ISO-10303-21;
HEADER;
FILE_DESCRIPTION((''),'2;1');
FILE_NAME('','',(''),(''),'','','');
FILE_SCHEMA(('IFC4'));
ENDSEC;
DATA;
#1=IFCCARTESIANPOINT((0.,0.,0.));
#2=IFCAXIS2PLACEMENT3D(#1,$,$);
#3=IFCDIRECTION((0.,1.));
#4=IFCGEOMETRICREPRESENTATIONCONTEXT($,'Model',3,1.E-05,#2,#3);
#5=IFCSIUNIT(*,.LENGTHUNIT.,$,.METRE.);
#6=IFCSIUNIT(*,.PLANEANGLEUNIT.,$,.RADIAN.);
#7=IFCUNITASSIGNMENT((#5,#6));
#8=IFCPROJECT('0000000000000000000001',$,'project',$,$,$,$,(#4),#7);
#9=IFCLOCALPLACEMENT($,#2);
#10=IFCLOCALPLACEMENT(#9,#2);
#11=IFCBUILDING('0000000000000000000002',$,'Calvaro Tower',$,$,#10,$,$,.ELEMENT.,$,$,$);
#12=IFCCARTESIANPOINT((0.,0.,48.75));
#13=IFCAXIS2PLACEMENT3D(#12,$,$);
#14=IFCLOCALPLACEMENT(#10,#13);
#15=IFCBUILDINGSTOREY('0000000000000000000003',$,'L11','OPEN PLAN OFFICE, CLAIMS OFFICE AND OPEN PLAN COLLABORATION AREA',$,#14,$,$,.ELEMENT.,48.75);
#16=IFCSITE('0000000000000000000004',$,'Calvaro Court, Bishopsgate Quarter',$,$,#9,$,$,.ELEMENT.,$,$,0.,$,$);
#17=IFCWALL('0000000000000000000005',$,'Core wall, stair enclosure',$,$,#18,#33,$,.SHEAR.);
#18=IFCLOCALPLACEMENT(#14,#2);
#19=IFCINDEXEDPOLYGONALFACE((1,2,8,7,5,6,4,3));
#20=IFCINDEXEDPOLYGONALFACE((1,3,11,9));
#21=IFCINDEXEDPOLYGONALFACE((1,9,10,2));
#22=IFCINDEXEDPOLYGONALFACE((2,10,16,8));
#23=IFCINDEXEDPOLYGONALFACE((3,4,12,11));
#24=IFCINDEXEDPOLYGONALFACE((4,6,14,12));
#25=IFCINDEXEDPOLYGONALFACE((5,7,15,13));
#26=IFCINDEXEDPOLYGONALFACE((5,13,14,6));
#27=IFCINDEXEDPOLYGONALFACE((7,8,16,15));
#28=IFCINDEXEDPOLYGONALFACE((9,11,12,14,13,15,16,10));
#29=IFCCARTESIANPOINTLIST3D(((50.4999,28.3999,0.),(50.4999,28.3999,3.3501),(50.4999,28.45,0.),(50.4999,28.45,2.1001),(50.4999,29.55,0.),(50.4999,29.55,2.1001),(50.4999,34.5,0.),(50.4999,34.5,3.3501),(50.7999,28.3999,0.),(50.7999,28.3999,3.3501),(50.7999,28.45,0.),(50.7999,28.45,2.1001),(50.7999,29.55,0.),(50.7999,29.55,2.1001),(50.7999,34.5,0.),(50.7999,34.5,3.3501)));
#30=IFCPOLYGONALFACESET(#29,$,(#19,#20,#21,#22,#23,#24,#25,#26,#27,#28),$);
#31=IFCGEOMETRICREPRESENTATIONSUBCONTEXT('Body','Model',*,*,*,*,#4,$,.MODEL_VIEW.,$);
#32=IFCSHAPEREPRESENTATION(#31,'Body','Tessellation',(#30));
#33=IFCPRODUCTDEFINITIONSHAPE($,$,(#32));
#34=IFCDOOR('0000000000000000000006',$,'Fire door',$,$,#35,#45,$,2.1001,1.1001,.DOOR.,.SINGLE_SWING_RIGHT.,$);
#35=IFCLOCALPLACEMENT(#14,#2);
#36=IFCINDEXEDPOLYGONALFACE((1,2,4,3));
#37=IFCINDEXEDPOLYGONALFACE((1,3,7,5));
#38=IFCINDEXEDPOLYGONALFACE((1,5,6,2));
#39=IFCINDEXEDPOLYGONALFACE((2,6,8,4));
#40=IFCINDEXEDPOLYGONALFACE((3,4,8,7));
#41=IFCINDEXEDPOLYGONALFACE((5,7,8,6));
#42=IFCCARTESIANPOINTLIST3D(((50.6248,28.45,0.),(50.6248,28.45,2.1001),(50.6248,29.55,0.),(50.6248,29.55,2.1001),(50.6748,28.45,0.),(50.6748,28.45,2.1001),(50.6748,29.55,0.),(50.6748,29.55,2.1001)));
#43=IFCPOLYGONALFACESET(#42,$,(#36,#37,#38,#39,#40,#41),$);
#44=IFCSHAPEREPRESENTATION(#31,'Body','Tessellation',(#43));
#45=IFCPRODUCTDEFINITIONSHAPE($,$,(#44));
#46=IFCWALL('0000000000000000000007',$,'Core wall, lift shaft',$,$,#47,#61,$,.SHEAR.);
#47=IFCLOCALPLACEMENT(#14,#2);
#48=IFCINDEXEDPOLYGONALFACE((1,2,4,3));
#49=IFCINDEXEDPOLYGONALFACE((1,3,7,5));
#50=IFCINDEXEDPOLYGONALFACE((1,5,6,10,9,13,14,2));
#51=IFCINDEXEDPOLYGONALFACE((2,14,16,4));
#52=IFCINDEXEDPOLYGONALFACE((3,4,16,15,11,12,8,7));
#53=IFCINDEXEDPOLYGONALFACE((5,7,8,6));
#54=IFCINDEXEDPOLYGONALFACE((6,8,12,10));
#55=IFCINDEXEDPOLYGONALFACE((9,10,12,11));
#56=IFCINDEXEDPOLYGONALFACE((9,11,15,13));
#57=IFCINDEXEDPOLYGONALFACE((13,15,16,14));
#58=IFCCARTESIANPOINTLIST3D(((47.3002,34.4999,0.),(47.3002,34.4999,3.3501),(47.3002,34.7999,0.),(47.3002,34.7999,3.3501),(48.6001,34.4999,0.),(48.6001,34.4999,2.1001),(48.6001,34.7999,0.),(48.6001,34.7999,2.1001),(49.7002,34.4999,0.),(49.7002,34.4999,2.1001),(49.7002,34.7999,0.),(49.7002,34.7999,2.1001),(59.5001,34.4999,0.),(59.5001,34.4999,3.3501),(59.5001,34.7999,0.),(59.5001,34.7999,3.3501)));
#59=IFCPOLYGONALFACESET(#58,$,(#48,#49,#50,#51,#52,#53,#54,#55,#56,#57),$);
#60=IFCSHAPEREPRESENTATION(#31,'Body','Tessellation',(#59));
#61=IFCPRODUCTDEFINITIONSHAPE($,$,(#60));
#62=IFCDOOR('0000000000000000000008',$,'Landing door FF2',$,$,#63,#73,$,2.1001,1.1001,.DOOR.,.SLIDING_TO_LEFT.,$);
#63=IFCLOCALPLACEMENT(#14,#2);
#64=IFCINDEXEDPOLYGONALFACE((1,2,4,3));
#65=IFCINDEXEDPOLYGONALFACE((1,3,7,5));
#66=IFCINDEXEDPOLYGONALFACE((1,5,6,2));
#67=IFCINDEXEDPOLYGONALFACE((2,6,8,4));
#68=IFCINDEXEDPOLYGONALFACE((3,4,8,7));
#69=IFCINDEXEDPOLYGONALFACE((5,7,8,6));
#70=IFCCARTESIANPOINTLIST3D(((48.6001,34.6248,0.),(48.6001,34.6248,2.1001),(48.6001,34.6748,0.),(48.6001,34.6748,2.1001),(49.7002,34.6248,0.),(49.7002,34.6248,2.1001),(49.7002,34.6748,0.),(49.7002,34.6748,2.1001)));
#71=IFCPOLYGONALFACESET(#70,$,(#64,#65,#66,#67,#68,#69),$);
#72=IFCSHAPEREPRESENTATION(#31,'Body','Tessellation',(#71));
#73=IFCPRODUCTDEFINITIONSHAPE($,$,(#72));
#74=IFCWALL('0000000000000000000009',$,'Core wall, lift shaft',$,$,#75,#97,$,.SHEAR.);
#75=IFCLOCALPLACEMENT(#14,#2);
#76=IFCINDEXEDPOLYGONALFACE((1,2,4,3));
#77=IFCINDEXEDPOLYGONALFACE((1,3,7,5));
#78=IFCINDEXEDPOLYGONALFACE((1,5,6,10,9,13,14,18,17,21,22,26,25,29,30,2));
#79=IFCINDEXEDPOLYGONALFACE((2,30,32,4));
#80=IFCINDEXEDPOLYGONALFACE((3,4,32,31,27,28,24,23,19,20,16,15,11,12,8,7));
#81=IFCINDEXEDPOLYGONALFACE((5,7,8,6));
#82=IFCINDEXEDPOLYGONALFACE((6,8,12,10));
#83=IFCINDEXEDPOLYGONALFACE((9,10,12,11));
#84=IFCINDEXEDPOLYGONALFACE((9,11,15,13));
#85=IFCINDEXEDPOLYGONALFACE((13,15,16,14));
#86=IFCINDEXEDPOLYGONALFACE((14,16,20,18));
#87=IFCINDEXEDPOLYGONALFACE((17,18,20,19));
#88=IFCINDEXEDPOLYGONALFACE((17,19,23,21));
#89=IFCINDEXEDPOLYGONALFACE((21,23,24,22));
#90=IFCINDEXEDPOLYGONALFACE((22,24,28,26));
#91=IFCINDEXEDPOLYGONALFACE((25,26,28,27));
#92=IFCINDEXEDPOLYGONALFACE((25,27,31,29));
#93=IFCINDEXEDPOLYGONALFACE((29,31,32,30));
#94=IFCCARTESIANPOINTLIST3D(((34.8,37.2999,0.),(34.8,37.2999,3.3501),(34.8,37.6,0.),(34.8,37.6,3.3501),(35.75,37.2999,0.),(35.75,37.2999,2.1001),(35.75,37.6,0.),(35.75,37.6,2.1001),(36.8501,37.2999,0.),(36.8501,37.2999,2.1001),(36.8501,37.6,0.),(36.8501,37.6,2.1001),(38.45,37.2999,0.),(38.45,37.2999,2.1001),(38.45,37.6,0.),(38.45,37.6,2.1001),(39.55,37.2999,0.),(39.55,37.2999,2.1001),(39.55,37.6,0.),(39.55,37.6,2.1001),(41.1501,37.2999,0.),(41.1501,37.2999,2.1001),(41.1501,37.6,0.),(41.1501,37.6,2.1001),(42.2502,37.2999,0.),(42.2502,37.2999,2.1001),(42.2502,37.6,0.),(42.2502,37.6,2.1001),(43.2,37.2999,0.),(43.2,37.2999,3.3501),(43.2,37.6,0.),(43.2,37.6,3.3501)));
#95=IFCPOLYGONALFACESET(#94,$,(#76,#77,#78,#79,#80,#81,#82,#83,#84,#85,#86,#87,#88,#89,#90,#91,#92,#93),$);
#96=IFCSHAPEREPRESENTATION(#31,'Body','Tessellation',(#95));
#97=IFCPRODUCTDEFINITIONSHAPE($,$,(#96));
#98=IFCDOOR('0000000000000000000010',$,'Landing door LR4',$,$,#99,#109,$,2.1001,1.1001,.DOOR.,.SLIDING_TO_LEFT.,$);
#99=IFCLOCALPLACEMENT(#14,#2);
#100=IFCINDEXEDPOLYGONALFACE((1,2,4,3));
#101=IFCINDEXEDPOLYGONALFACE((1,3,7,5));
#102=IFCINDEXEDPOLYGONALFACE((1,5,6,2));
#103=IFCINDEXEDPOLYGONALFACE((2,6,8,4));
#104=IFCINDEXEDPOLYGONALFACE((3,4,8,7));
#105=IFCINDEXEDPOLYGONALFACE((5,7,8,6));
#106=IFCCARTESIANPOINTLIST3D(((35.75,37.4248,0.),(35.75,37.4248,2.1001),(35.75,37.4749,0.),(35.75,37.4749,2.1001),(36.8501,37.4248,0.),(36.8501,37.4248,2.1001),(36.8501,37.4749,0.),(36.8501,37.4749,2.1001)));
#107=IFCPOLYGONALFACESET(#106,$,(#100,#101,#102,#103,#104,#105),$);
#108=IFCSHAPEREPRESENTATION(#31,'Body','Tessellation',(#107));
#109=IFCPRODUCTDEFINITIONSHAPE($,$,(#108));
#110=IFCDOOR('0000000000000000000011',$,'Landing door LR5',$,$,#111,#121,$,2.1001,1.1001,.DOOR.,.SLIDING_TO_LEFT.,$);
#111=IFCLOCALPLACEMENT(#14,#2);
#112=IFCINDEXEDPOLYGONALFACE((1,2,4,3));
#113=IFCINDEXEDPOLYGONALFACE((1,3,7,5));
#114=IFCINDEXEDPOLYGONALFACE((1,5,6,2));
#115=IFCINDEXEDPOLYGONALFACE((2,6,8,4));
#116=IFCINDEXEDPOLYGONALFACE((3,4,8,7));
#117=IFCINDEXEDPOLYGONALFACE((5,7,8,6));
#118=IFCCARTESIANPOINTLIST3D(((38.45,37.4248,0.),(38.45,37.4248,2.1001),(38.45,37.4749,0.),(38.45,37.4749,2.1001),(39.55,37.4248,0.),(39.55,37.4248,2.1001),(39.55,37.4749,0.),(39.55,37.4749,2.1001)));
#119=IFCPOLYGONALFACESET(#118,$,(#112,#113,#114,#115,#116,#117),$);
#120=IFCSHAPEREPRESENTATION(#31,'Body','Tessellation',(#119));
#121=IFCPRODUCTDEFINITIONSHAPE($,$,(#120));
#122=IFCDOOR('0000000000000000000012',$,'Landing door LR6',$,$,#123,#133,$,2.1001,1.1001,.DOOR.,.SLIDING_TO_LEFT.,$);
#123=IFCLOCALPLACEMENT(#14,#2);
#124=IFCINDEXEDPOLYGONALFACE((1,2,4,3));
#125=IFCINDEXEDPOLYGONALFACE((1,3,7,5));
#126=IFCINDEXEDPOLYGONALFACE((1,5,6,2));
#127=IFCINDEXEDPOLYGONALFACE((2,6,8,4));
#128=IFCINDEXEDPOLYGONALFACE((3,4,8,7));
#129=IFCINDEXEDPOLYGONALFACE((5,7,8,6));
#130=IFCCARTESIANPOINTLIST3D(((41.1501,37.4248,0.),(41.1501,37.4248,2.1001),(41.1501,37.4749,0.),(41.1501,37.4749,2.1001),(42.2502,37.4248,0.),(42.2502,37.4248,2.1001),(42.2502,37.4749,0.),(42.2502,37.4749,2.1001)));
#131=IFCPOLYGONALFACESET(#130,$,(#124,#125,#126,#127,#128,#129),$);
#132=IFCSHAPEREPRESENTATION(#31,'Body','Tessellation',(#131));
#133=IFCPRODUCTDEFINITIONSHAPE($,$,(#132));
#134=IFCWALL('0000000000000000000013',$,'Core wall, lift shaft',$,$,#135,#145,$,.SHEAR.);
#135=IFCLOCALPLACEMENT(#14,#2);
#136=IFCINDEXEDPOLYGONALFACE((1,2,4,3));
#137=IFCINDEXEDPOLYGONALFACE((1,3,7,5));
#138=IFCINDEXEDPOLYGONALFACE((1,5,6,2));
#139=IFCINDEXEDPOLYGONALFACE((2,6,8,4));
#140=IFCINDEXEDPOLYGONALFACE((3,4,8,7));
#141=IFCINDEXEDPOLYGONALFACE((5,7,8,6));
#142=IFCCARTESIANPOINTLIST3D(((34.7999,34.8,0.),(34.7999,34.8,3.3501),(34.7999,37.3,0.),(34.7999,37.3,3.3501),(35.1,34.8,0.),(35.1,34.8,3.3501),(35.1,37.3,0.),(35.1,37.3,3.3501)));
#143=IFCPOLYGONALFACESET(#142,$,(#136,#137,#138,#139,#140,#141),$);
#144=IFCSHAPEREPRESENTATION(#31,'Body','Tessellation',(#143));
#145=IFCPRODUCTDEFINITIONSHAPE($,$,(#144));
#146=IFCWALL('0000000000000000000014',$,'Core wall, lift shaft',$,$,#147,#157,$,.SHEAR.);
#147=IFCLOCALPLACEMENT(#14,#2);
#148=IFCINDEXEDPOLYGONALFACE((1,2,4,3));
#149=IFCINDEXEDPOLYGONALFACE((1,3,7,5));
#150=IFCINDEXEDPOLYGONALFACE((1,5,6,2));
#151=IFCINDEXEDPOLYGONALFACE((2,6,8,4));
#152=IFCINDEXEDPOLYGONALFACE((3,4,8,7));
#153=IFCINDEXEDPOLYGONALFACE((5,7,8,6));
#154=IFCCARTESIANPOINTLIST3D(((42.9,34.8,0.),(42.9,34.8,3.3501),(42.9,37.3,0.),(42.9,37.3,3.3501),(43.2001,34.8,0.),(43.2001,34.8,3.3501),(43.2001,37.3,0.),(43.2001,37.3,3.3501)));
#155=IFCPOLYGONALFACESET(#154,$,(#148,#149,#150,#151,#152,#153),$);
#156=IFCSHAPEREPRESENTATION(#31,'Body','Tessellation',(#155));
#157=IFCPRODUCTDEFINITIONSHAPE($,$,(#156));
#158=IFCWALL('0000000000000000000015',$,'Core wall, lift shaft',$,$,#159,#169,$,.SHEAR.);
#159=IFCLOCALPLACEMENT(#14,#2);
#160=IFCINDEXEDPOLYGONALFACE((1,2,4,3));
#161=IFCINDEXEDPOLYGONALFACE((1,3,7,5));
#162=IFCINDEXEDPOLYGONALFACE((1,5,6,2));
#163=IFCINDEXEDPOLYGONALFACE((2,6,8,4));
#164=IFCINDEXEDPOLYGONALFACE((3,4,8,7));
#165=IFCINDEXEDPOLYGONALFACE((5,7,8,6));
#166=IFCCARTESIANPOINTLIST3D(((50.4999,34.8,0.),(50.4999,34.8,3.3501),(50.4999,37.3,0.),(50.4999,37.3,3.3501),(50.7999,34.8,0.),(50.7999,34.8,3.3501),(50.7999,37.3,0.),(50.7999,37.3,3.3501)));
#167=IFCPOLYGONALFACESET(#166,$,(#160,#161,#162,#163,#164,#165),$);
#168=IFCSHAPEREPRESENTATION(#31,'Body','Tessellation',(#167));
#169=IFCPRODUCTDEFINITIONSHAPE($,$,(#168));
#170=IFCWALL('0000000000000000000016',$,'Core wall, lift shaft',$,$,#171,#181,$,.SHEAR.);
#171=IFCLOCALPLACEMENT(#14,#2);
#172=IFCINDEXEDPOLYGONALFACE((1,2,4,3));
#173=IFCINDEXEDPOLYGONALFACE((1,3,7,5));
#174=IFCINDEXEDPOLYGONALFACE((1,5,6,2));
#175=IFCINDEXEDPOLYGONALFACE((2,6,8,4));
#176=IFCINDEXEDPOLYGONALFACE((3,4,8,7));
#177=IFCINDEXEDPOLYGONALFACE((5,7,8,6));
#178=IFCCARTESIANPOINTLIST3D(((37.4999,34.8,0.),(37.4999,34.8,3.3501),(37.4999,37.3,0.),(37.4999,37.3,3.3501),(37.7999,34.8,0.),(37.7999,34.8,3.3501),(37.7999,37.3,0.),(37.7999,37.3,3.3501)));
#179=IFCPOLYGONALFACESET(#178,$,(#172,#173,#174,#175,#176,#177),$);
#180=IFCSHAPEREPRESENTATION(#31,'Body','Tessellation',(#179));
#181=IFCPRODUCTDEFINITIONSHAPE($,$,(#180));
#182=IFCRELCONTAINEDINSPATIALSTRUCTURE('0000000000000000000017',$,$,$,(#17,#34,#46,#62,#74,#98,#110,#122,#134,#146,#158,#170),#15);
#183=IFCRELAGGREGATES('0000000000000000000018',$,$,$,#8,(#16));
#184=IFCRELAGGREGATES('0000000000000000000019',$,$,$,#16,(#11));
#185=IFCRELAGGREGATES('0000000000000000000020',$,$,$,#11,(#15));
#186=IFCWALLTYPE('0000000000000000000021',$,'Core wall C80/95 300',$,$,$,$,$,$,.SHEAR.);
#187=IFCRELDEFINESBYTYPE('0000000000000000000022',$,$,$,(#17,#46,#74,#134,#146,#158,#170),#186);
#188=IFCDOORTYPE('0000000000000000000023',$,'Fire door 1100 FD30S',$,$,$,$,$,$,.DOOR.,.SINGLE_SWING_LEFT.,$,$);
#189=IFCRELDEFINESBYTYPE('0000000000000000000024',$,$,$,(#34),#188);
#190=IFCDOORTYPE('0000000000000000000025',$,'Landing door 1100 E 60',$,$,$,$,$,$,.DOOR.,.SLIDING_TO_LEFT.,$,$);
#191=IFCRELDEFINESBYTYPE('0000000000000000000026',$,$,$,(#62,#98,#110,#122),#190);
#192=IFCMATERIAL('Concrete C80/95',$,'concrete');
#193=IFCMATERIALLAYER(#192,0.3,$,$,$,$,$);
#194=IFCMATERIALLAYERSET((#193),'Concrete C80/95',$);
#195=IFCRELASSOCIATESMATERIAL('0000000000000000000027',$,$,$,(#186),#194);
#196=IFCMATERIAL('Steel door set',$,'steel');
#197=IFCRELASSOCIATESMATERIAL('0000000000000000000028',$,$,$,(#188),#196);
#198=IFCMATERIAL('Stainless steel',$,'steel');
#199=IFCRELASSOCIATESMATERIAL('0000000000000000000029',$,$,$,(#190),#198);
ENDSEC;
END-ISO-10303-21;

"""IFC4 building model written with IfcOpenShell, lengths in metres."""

from ifc_helpers import new_model, si_unit, direction, frame, frame_2d, origin, place, context, subcontext, project, spatial, rectangle, extrude, material, layer, layer_set, type_object, element, fill, save


model = new_model("IFC4")

# Units and contexts
model_context = context("Model", 3, precision=1e-05, world=origin(), true_north=direction((0.0, 1.0)))
body_context = subcontext(model_context, "Body", "Model", "MODEL_VIEW")
ifc_project = project(units=[si_unit("LENGTHUNIT", "METRE"), si_unit("PLANEANGLEUNIT", "RADIAN")], contexts=[model_context])

# Site, building, storey
site_placement = place(None, origin())
site = spatial("IfcSite", under=ifc_project, at=site_placement, Name="Calvaro Court, Bishopsgate Quarter", CompositionType="ELEMENT", RefElevation=0.0)
building_placement = place(site_placement, origin())
building = spatial("IfcBuilding", under=site, at=building_placement, Name="Calvaro Tower", CompositionType="ELEMENT")
storey_placement = place(building_placement, frame((0.0, 0.0, 48.75)))
storey = spatial("IfcBuildingStorey", under=building, at=storey_placement, Name="L11", Description="OPEN PLAN OFFICE, CLAIMS OFFICE AND OPEN PLAN COLLABORATION AREA", CompositionType="ELEMENT", Elevation=48.75)

# Walls, openings, doors
ifc_material_1 = material(Name="Concrete C80/95", Category="concrete")
ifc_layer_1 = layer(ifc_material_1, 0.3)
ifc_layer_set_1 = layer_set([ifc_layer_1], Name="Concrete C80/95")
wall_type_1 = type_object("IfcWallType", Name="Core wall C80/95 300", PredefinedType="SHEAR", material=ifc_layer_set_1)
wall_1_placement = place(storey_placement, frame((50.6499, 34.5, 0.0), z_axis=(0.0, 0.0, 1.0), x_axis=(0.0, -1.0, 0.0)))
wall_1 = element("IfcWall", 1, at=wall_1_placement, inside=storey, type_object=wall_type_1, Name="Core wall, stair enclosure", PredefinedType="SHEAR", context=body_context, shape_type="SweptSolid", body=[
    extrude(rectangle(XDim=6.1001, YDim=0.3, at=frame_2d((3.05, 0.0))), origin(), (0.0, 0.0, 1.0), 3.3501),
])
opening_1_placement = place(wall_1_placement, frame((4.95, 0.0, 0.0)))
opening_1 = element("IfcOpeningElement", 2, at=opening_1_placement, cuts=wall_1, PredefinedType="OPENING", context=body_context, shape_type="SweptSolid", body=[
    extrude(rectangle(XDim=1.1001, YDim=2.1001, at=frame_2d((0.55, 1.05))), frame((0.0, 0.1599, 0.0), z_axis=(0.0, -1.0, 0.0), x_axis=(1.0, 0.0, 0.0)), (0.0, 0.0, 1.0), 0.3201),
])
ifc_material_2 = material(Name="Steel door set", Category="steel")
door_type_1 = type_object("IfcDoorType", Name="Fire door 1100 FD30S", OperationType="SINGLE_SWING_LEFT", PredefinedType="DOOR", material=ifc_material_2)
door_1_placement = place(opening_1_placement, origin())
door_1 = element("IfcDoor", 3, at=door_1_placement, inside=storey, type_object=door_type_1, Name="Fire door", OperationType="SINGLE_SWING_RIGHT", OverallHeight=2.1001, OverallWidth=1.1001, PredefinedType="DOOR", context=body_context, shape_type="SweptSolid", body=[
    extrude(rectangle(XDim=1.1001, YDim=2.1001, at=frame_2d((0.55, 1.05))), frame((0.0, 0.0249, 0.0), z_axis=(0.0, -1.0, 0.0), x_axis=(1.0, 0.0, 0.0)), (0.0, 0.0, 1.0), 0.05),
])
fill(opening_1, door_1)
wall_2_placement = place(storey_placement, frame((47.3, 34.6499, 0.0), z_axis=(0.0, 0.0, 1.0), x_axis=(1.0, 0.0, 0.0)))
wall_2 = element("IfcWall", 4, at=wall_2_placement, inside=storey, type_object=wall_type_1, Name="Core wall, lift shaft", PredefinedType="SHEAR", context=body_context, shape_type="SweptSolid", body=[
    extrude(rectangle(XDim=12.2, YDim=0.3, at=frame_2d((6.1001, 0.0))), origin(), (0.0, 0.0, 1.0), 3.3501),
])
opening_2_placement = place(wall_2_placement, frame((1.3, 0.0, 0.0)))
opening_2 = element("IfcOpeningElement", 5, at=opening_2_placement, cuts=wall_2, PredefinedType="OPENING", context=body_context, shape_type="SweptSolid", body=[
    extrude(rectangle(XDim=1.1001, YDim=2.1001, at=frame_2d((0.55, 1.05))), frame((0.0, 0.1599, 0.0), z_axis=(0.0, -1.0, 0.0), x_axis=(1.0, 0.0, 0.0)), (0.0, 0.0, 1.0), 0.3201),
])
ifc_material_3 = material(Name="Stainless steel", Category="steel")
door_type_2 = type_object("IfcDoorType", Name="Landing door 1100 E 60", OperationType="SLIDING_TO_LEFT", PredefinedType="DOOR", material=ifc_material_3)
door_2_placement = place(opening_2_placement, origin())
door_2 = element("IfcDoor", 6, at=door_2_placement, inside=storey, type_object=door_type_2, Name="Landing door FF2", OperationType="SLIDING_TO_LEFT", OverallHeight=2.1001, OverallWidth=1.1001, PredefinedType="DOOR", context=body_context, shape_type="SweptSolid", body=[
    extrude(rectangle(XDim=1.1001, YDim=2.1001, at=frame_2d((0.55, 1.05))), frame((0.0, 0.0249, 0.0), z_axis=(0.0, -1.0, 0.0), x_axis=(1.0, 0.0, 0.0)), (0.0, 0.0, 1.0), 0.05),
])
fill(opening_2, door_2)

# Wall, openings, doors
wall_3_placement = place(storey_placement, frame((34.8, 37.45, 0.0), z_axis=(0.0, 0.0, 1.0), x_axis=(1.0, 0.0, 0.0)))
wall_3 = element("IfcWall", 7, at=wall_3_placement, inside=storey, type_object=wall_type_1, Name="Core wall, lift shaft", PredefinedType="SHEAR", context=body_context, shape_type="SweptSolid", body=[
    extrude(rectangle(XDim=8.3999, YDim=0.3, at=frame_2d((4.2, 0.0))), origin(), (0.0, 0.0, 1.0), 3.3501),
])
opening_3_placement = place(wall_3_placement, frame((0.95, 0.0, 0.0)))
opening_3 = element("IfcOpeningElement", 8, at=opening_3_placement, cuts=wall_3, PredefinedType="OPENING", context=body_context, shape_type="SweptSolid", body=[
    extrude(rectangle(XDim=1.1001, YDim=2.1001, at=frame_2d((0.55, 1.05))), frame((0.0, 0.1599, 0.0), z_axis=(0.0, -1.0, 0.0), x_axis=(1.0, 0.0, 0.0)), (0.0, 0.0, 1.0), 0.3201),
])
opening_4_placement = place(wall_3_placement, frame((3.6499, 0.0, 0.0)))
opening_4 = element("IfcOpeningElement", 9, at=opening_4_placement, cuts=wall_3, PredefinedType="OPENING", context=body_context, shape_type="SweptSolid", body=[
    extrude(rectangle(XDim=1.1001, YDim=2.1001, at=frame_2d((0.55, 1.05))), frame((0.0, 0.1599, 0.0), z_axis=(0.0, -1.0, 0.0), x_axis=(1.0, 0.0, 0.0)), (0.0, 0.0, 1.0), 0.3201),
])
opening_5_placement = place(wall_3_placement, frame((6.3501, 0.0, 0.0)))
opening_5 = element("IfcOpeningElement", 10, at=opening_5_placement, cuts=wall_3, PredefinedType="OPENING", context=body_context, shape_type="SweptSolid", body=[
    extrude(rectangle(XDim=1.1001, YDim=2.1001, at=frame_2d((0.55, 1.05))), frame((0.0, 0.1599, 0.0), z_axis=(0.0, -1.0, 0.0), x_axis=(1.0, 0.0, 0.0)), (0.0, 0.0, 1.0), 0.3201),
])
door_3_placement = place(opening_3_placement, origin())
door_3 = element("IfcDoor", 11, at=door_3_placement, inside=storey, type_object=door_type_2, Name="Landing door LR4", OperationType="SLIDING_TO_LEFT", OverallHeight=2.1001, OverallWidth=1.1001, PredefinedType="DOOR", context=body_context, shape_type="SweptSolid", body=[
    extrude(rectangle(XDim=1.1001, YDim=2.1001, at=frame_2d((0.55, 1.05))), frame((0.0, 0.0249, 0.0), z_axis=(0.0, -1.0, 0.0), x_axis=(1.0, 0.0, 0.0)), (0.0, 0.0, 1.0), 0.05),
])
fill(opening_3, door_3)
door_4_placement = place(opening_4_placement, origin())
door_4 = element("IfcDoor", 12, at=door_4_placement, inside=storey, type_object=door_type_2, Name="Landing door LR5", OperationType="SLIDING_TO_LEFT", OverallHeight=2.1001, OverallWidth=1.1001, PredefinedType="DOOR", context=body_context, shape_type="SweptSolid", body=[
    extrude(rectangle(XDim=1.1001, YDim=2.1001, at=frame_2d((0.55, 1.05))), frame((0.0, 0.0249, 0.0), z_axis=(0.0, -1.0, 0.0), x_axis=(1.0, 0.0, 0.0)), (0.0, 0.0, 1.0), 0.05),
])
fill(opening_4, door_4)
door_5_placement = place(opening_5_placement, origin())
door_5 = element("IfcDoor", 13, at=door_5_placement, inside=storey, type_object=door_type_2, Name="Landing door LR6", OperationType="SLIDING_TO_LEFT", OverallHeight=2.1001, OverallWidth=1.1001, PredefinedType="DOOR", context=body_context, shape_type="SweptSolid", body=[
    extrude(rectangle(XDim=1.1001, YDim=2.1001, at=frame_2d((0.55, 1.05))), frame((0.0, 0.0249, 0.0), z_axis=(0.0, -1.0, 0.0), x_axis=(1.0, 0.0, 0.0)), (0.0, 0.0, 1.0), 0.05),
])
fill(opening_5, door_5)

# Walls
for number, where, z_axis, x_axis, name in (
    (14, (34.95, 34.8, 0.0), (0.0, 0.0, 1.0), (0.0, 1.0, 0.0), "Core wall, lift shaft"),
    (15, (43.05, 34.8, 0.0), (0.0, 0.0, 1.0), (0.0, 1.0, 0.0), "Core wall, lift shaft"),
    (16, (50.6499, 34.8, 0.0), (0.0, 0.0, 1.0), (0.0, 1.0, 0.0), "Core wall, lift shaft"),
    (17, (37.6499, 34.8, 0.0), (0.0, 0.0, 1.0), (0.0, 1.0, 0.0), "Core wall, lift shaft"),
):
    element("IfcWall", number, at=place(storey_placement, frame(where, z_axis=z_axis, x_axis=x_axis)), inside=storey, type_object=wall_type_1, Name=name, PredefinedType="SHEAR", context=body_context, shape_type="SweptSolid", body=[
        extrude(rectangle(XDim=2.5, YDim=0.3, at=frame_2d((1.25, 0.0))), origin(), (0.0, 0.0, 1.0), 3.3501),
    ])

save(model, "model.ifc")
